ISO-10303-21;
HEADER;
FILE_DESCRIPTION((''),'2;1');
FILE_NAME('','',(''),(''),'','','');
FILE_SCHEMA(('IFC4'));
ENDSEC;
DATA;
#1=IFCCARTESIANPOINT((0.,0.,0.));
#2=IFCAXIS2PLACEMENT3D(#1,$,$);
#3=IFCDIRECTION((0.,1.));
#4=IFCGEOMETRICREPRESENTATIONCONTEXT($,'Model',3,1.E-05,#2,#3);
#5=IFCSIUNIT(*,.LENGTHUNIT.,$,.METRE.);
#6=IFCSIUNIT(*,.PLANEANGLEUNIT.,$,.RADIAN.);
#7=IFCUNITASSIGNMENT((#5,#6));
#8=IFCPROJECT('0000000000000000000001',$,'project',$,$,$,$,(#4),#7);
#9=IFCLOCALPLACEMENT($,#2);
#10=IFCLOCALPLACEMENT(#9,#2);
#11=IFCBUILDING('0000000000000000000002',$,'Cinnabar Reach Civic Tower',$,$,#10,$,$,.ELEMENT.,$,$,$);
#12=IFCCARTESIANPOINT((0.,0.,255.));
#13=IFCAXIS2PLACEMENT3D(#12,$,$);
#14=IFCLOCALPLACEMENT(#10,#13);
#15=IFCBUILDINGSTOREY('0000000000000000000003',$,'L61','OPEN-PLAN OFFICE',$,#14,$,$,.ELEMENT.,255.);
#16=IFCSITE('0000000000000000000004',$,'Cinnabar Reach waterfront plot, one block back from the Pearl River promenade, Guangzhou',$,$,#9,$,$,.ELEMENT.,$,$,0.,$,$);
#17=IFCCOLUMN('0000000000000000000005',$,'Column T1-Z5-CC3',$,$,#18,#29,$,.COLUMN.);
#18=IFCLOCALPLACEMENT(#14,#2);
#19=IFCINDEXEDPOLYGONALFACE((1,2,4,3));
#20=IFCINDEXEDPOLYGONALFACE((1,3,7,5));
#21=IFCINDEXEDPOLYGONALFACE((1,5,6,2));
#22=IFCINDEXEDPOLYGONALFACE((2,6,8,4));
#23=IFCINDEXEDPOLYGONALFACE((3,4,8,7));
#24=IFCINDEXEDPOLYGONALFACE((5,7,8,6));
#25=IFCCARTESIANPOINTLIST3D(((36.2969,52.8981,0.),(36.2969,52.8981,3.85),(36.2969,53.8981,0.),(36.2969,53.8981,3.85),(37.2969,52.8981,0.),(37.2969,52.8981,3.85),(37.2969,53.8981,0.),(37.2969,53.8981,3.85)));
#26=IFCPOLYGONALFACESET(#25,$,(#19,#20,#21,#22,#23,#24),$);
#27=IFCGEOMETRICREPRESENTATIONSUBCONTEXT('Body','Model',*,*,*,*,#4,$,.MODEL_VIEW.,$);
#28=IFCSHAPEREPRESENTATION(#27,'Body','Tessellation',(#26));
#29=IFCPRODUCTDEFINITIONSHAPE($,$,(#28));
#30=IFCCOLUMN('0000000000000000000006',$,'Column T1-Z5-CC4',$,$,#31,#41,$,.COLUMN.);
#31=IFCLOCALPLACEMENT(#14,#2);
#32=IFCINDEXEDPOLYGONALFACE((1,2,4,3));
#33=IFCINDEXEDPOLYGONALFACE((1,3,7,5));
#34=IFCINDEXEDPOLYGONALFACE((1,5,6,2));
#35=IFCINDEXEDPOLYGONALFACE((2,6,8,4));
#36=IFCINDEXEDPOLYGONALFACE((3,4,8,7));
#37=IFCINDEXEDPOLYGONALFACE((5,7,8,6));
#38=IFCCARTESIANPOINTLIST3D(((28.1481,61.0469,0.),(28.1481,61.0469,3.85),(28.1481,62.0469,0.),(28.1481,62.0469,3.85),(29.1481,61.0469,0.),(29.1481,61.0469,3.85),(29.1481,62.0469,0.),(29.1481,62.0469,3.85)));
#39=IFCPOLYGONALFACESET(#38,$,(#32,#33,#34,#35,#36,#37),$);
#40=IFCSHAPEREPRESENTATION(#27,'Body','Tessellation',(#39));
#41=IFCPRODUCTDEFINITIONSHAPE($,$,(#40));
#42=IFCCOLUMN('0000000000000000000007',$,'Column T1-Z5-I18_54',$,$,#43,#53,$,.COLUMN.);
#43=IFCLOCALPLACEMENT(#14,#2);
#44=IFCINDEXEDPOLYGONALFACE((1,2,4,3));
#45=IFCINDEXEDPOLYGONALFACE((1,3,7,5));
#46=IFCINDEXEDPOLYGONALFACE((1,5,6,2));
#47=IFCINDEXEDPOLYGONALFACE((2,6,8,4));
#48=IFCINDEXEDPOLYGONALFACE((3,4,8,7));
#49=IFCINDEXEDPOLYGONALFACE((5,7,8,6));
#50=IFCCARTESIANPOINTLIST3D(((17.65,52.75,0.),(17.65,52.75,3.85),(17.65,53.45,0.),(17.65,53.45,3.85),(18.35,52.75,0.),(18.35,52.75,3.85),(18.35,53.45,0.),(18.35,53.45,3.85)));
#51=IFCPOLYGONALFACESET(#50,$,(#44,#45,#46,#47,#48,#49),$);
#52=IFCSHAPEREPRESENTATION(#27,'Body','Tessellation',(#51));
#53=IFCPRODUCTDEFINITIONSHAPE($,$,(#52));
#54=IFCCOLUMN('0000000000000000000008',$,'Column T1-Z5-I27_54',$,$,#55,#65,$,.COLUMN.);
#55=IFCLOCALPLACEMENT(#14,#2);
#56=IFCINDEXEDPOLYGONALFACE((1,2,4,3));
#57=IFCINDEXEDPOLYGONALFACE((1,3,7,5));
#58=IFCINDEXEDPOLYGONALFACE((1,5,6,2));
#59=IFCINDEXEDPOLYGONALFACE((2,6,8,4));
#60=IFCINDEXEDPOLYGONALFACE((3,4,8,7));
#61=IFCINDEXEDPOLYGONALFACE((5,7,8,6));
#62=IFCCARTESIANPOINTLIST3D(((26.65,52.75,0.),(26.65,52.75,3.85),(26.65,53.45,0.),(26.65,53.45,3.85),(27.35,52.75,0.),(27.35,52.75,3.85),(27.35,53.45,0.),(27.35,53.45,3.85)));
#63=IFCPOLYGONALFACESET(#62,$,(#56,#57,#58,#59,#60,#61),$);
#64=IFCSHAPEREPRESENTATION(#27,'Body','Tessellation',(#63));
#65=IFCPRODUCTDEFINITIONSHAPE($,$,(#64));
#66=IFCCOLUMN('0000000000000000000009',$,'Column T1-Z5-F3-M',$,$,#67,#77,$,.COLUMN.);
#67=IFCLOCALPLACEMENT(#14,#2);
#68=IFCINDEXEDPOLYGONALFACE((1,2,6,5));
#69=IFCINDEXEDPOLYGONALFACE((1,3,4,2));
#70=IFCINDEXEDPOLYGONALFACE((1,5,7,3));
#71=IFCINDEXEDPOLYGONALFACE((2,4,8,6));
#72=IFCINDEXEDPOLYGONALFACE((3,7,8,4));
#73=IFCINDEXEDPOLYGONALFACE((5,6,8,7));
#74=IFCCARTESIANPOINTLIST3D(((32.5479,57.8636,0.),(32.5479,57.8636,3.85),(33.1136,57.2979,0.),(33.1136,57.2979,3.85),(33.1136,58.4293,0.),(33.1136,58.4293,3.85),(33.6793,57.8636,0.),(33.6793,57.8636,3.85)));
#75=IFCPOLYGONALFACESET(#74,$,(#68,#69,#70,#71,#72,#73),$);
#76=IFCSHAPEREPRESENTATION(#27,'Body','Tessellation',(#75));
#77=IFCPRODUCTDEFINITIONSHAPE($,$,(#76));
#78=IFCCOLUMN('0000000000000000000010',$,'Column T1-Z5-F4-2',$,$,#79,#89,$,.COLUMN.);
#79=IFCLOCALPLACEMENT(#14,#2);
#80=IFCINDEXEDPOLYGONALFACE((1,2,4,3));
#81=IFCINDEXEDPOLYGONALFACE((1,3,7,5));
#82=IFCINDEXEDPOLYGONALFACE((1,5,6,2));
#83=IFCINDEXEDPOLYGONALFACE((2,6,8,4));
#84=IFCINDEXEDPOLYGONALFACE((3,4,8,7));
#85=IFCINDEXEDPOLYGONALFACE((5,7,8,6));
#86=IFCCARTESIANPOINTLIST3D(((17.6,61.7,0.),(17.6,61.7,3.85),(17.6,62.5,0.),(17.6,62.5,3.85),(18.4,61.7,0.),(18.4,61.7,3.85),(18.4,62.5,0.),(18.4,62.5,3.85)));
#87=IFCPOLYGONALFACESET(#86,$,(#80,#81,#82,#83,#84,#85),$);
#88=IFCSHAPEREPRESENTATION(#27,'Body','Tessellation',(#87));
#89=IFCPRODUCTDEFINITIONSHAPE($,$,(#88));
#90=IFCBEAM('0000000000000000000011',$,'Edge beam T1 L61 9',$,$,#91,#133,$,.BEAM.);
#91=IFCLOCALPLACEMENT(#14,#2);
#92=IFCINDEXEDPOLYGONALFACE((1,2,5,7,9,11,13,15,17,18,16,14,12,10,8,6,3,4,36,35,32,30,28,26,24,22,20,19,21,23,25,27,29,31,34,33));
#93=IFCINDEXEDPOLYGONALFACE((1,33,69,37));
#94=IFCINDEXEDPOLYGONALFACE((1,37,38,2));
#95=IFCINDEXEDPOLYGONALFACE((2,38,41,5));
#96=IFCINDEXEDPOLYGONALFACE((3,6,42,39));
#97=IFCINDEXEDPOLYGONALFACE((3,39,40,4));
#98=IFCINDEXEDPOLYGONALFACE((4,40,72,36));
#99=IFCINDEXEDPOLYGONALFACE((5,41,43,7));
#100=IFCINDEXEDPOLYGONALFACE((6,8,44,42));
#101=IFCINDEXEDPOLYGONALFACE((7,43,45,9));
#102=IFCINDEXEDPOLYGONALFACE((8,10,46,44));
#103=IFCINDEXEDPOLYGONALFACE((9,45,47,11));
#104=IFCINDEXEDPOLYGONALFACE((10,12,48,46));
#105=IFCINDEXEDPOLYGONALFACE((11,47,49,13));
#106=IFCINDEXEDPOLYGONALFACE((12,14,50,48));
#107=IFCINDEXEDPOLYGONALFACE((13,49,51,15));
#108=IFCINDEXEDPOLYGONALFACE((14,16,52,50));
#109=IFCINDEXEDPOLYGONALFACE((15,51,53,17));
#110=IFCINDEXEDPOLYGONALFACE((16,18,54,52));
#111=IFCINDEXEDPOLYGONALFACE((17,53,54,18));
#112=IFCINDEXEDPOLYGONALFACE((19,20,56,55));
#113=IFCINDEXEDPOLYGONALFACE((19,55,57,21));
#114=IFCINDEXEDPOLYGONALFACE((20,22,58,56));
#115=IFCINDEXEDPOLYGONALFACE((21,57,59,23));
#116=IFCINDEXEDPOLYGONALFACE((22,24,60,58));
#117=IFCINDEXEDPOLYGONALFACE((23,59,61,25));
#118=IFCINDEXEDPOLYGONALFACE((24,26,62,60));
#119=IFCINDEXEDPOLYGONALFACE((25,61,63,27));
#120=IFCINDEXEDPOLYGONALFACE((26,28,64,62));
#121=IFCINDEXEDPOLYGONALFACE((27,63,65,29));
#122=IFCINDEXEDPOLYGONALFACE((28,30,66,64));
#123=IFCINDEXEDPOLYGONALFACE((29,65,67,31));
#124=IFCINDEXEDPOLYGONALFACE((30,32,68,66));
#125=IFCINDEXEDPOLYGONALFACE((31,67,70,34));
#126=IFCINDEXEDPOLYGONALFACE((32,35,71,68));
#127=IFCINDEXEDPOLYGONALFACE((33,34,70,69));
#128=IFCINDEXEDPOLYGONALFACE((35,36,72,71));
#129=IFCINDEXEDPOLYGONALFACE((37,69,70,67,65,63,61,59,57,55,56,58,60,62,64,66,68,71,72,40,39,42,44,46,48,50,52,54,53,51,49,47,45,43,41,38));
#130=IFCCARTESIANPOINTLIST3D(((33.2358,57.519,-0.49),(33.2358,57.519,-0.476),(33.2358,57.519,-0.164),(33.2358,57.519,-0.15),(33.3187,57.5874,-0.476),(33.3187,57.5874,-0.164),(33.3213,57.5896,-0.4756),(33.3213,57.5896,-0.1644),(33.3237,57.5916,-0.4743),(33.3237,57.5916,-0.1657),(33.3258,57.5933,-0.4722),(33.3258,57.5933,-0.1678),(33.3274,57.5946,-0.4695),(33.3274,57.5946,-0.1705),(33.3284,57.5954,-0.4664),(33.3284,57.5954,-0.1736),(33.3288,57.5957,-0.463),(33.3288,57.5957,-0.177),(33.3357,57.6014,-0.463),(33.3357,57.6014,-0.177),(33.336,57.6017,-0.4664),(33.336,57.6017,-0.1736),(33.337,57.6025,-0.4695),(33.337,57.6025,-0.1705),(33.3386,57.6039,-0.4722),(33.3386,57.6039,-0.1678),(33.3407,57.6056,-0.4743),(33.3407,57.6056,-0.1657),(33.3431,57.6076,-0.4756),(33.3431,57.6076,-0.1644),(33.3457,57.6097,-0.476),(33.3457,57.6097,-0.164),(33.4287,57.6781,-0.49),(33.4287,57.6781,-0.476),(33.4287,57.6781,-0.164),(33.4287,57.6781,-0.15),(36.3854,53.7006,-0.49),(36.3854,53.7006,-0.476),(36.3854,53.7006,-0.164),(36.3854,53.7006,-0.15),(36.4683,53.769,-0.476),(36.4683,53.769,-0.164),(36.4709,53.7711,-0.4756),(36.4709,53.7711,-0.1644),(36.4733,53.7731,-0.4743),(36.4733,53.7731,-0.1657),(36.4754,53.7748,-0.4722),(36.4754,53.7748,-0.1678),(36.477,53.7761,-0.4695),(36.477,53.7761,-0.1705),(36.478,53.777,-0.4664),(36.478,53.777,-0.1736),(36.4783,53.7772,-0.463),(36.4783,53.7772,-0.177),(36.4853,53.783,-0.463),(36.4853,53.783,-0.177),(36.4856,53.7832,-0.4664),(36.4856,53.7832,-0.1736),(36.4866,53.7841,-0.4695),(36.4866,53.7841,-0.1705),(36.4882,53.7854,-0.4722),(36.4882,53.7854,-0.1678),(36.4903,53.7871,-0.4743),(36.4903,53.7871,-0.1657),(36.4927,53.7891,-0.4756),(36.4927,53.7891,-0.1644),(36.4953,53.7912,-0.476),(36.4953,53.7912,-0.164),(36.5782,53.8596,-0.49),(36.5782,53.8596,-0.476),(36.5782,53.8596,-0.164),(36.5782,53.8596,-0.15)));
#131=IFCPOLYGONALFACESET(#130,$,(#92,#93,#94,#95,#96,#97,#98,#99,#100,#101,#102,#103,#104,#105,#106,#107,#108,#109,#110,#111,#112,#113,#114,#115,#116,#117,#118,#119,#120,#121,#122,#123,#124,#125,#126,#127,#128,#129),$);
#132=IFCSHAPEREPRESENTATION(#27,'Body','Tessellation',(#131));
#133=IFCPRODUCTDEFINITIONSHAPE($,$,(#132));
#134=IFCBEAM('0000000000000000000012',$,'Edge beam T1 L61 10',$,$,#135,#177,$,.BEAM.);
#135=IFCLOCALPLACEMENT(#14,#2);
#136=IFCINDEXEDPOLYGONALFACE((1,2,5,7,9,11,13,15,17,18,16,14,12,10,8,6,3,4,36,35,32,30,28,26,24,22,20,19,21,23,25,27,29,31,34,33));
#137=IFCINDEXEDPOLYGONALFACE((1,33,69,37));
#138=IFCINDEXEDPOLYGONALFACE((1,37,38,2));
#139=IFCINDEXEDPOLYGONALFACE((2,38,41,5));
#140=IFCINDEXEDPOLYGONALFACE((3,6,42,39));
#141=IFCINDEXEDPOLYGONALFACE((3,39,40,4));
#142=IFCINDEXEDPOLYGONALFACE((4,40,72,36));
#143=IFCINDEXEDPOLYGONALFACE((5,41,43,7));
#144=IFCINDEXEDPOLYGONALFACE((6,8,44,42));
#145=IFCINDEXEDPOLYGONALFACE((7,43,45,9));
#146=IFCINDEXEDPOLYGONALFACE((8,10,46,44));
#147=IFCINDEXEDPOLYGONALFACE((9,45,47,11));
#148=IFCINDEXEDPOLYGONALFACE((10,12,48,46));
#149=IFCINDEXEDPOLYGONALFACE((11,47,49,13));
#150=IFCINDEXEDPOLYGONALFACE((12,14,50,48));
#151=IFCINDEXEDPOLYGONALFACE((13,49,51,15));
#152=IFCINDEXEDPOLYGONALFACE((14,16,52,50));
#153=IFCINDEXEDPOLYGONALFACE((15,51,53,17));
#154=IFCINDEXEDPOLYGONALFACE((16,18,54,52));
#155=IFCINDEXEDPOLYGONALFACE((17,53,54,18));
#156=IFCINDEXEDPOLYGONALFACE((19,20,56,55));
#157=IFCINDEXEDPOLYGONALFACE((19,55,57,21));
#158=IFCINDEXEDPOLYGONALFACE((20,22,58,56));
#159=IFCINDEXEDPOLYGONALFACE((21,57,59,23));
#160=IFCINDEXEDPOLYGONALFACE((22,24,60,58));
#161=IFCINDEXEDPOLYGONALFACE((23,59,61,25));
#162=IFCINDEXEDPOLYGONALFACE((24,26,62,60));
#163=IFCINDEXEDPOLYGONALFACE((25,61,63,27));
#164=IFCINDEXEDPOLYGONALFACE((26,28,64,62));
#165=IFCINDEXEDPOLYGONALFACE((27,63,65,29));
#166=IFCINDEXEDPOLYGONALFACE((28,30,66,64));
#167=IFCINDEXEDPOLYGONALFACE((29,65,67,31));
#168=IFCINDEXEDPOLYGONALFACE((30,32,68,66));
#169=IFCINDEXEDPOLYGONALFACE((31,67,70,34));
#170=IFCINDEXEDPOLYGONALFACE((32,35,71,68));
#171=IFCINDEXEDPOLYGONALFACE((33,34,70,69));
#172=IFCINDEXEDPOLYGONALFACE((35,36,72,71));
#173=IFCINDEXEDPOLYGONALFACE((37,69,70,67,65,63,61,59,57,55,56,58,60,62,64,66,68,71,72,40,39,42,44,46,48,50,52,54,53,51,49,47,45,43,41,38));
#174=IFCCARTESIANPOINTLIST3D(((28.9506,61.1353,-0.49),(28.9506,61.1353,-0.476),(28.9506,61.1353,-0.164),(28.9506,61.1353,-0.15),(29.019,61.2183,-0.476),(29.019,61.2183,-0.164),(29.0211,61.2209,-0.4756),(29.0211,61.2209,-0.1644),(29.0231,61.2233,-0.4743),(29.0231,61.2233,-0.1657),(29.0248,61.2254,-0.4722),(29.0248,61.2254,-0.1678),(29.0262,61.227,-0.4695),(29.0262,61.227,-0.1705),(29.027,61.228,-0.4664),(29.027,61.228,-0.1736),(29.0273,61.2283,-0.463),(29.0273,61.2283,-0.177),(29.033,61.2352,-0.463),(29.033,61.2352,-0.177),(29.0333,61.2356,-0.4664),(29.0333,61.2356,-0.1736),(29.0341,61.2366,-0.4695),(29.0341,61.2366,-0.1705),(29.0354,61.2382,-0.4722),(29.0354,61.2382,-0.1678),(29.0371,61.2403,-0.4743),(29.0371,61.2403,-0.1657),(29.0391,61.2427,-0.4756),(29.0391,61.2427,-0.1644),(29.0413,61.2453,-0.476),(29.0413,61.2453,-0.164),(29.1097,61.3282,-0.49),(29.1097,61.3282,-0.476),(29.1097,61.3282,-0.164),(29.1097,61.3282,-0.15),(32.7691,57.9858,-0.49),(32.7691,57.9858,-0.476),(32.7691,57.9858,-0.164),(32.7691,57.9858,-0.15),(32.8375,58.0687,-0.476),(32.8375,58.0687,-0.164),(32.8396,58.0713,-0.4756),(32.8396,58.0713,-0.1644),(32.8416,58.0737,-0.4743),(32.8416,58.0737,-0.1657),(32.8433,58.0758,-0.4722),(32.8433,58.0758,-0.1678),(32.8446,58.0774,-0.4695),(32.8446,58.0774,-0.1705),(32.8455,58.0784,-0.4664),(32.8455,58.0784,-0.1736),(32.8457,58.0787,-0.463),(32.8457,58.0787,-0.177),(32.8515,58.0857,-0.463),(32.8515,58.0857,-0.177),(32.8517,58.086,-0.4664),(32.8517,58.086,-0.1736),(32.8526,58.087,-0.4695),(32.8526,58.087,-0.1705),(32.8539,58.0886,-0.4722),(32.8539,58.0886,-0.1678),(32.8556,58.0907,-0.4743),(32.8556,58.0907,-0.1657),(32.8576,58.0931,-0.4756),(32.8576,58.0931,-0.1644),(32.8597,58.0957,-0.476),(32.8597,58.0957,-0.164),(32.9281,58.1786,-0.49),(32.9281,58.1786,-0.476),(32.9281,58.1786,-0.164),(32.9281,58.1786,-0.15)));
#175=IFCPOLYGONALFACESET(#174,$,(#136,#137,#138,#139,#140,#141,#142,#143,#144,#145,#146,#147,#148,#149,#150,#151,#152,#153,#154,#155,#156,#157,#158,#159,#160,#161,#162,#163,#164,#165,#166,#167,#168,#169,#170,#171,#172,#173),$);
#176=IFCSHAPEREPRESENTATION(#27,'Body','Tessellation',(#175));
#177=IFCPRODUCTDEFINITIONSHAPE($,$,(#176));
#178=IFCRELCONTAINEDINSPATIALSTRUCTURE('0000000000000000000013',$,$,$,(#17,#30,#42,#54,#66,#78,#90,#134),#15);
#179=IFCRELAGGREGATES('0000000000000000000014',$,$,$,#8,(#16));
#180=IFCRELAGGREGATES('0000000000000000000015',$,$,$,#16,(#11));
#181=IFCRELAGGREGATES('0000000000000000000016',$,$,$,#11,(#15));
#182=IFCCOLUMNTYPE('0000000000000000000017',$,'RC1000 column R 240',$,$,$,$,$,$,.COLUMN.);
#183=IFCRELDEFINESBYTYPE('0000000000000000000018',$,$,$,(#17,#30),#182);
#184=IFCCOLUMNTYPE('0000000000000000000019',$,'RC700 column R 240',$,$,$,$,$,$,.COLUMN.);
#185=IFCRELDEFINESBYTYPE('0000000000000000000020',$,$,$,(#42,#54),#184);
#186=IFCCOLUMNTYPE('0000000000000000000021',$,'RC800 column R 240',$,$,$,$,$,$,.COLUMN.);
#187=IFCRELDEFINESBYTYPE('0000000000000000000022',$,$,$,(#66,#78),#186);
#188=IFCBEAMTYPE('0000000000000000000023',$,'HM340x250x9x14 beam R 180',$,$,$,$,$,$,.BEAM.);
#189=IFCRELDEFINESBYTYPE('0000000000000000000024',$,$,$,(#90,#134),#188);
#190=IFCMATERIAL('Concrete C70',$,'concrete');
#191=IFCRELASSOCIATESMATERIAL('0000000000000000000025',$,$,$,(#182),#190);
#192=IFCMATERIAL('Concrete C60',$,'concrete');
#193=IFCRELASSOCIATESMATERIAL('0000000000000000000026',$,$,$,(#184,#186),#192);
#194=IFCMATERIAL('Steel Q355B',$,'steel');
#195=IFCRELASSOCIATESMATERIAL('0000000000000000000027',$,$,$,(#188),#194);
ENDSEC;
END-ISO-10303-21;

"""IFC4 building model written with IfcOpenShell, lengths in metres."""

from ifc_helpers import new_model, si_unit, direction, frame, origin, origin_2d, place, context, subcontext, project, spatial, rectangle, i_section, extrude, material, material_profile, profile_set, type_object, element, save


model = new_model("IFC4")

# Units and contexts
model_context = context("Model", 3, precision=1e-05, world=origin(), true_north=direction((0.0, 1.0)))
body_context = subcontext(model_context, "Body", "Model", "MODEL_VIEW")
ifc_project = project(units=[si_unit("LENGTHUNIT", "METRE"), si_unit("PLANEANGLEUNIT", "RADIAN")], contexts=[model_context])

# Site, building, storey
site_placement = place(None, origin())
site = spatial("IfcSite", under=ifc_project, at=site_placement, Name="Cinnabar Reach waterfront plot, one block back from the Pearl River promenade, Guangzhou", CompositionType="ELEMENT", RefElevation=0.0)
building_placement = place(site_placement, origin())
building = spatial("IfcBuilding", under=site, at=building_placement, Name="Cinnabar Reach Civic Tower", CompositionType="ELEMENT")
storey_placement = place(building_placement, frame((0.0, 0.0, 255.0)))
storey = spatial("IfcBuildingStorey", under=building, at=storey_placement, Name="L61", Description="OPEN-PLAN OFFICE", CompositionType="ELEMENT", Elevation=255.0)

# Columns
ifc_material_1 = material(Name="Concrete C70", Category="concrete")
ifc_material_profile_1 = material_profile(ifc_material_1, rectangle(XDim=1.0, YDim=1.0, at=origin_2d()), Name="RC1000")
ifc_profile_set_1 = profile_set([ifc_material_profile_1], Name="Concrete C70")
column_type_1 = type_object("IfcColumnType", Name="RC1000 column R 240", PredefinedType="COLUMN", material=ifc_profile_set_1)
for number, where, z_axis, x_axis, name in (
    (1, (36.7969, 53.3981, 0.0), (0.0, 0.0, 1.0), (1.0, 0.0, 0.0), "Column T1-Z5-CC3"),
    (2, (28.6481, 61.5469, 0.0), (0.0, 0.0, 1.0), (1.0, 0.0, 0.0), "Column T1-Z5-CC4"),
):
    element("IfcColumn", number, at=place(storey_placement, frame(where, z_axis=z_axis, x_axis=x_axis)), inside=storey, type_object=column_type_1, Name=name, PredefinedType="COLUMN", context=body_context, shape_type="SweptSolid", body=[
        extrude(rectangle(XDim=1.0, YDim=1.0, at=origin_2d()), origin(), (0.0, 0.0, 1.0), 3.85),
    ])
ifc_material_2 = material(Name="Concrete C60", Category="concrete")
ifc_material_profile_2 = material_profile(ifc_material_2, rectangle(XDim=0.7, YDim=0.7, at=origin_2d()), Name="RC700")
ifc_profile_set_2 = profile_set([ifc_material_profile_2], Name="Concrete C60")
column_type_2 = type_object("IfcColumnType", Name="RC700 column R 240", PredefinedType="COLUMN", material=ifc_profile_set_2)
for number, where, z_axis, x_axis, name in (
    (3, (18.0, 53.1, 0.0), (0.0, 0.0, 1.0), (1.0, 0.0, 0.0), "Column T1-Z5-I18_54"),
    (4, (27.0, 53.1, 0.0), (0.0, 0.0, 1.0), (1.0, 0.0, 0.0), "Column T1-Z5-I27_54"),
):
    element("IfcColumn", number, at=place(storey_placement, frame(where, z_axis=z_axis, x_axis=x_axis)), inside=storey, type_object=column_type_2, Name=name, PredefinedType="COLUMN", context=body_context, shape_type="SweptSolid", body=[
        extrude(rectangle(XDim=0.7, YDim=0.7, at=origin_2d()), origin(), (0.0, 0.0, 1.0), 3.85),
    ])
ifc_material_profile_3 = material_profile(ifc_material_2, rectangle(XDim=0.8, YDim=0.8, at=origin_2d()), Name="RC800")
ifc_profile_set_3 = profile_set([ifc_material_profile_3], Name="Concrete C60")
column_type_3 = type_object("IfcColumnType", Name="RC800 column R 240", PredefinedType="COLUMN", material=ifc_profile_set_3)
for number, where, z_axis, x_axis, name in (
    (5, (33.1136, 57.8636, 0.0), (0.0, 0.0, 1.0), (0.707107, 0.707107, 0.0), "Column T1-Z5-F3-M"),
    (6, (18.0, 62.1, 0.0), (0.0, 0.0, 1.0), (1.0, 0.0, 0.0), "Column T1-Z5-F4-2"),
):
    element("IfcColumn", number, at=place(storey_placement, frame(where, z_axis=z_axis, x_axis=x_axis)), inside=storey, type_object=column_type_3, Name=name, PredefinedType="COLUMN", context=body_context, shape_type="SweptSolid", body=[
        extrude(rectangle(XDim=0.8, YDim=0.8, at=origin_2d()), origin(), (0.0, 0.0, 1.0), 3.85),
    ])

# Beams
ifc_material_3 = material(Name="Steel Q355B", Category="steel")
ifc_material_profile_4 = material_profile(ifc_material_3, i_section(OverallWidth=0.25, OverallDepth=0.34, WebThickness=0.009, FlangeThickness=0.014, FilletRadius=0.013, at=origin_2d()), Name="HM340x250x9x14")
ifc_profile_set_4 = profile_set([ifc_material_profile_4], Name="Steel Q355B")
beam_type_1 = type_object("IfcBeamType", Name="HM340x250x9x14 beam R 180", PredefinedType="BEAM", material=ifc_profile_set_4)
for number, where, z_axis, x_axis, name in (
    (7, (36.4818, 53.7801, -0.32), (-0.636303, 0.771439, 0.0), (-0.771439, -0.636303, 0.0), "Edge beam T1 L61 9"),
    (8, (32.8486, 58.0822, -0.32), (-0.771439, 0.636303, 0.0), (-0.636303, -0.771439, 0.0), "Edge beam T1 L61 10"),
):
    element("IfcBeam", number, at=place(storey_placement, frame(where, z_axis=z_axis, x_axis=x_axis)), inside=storey, type_object=beam_type_1, Name=name, PredefinedType="BEAM", context=body_context, shape_type="SweptSolid", body=[
        extrude(i_section(OverallWidth=0.25, OverallDepth=0.34, WebThickness=0.009, FlangeThickness=0.014, FilletRadius=0.013, at=origin_2d()), origin(), (0.0, 0.0, 1.0), 4.9498),
    ])

save(model, "model.ifc")
